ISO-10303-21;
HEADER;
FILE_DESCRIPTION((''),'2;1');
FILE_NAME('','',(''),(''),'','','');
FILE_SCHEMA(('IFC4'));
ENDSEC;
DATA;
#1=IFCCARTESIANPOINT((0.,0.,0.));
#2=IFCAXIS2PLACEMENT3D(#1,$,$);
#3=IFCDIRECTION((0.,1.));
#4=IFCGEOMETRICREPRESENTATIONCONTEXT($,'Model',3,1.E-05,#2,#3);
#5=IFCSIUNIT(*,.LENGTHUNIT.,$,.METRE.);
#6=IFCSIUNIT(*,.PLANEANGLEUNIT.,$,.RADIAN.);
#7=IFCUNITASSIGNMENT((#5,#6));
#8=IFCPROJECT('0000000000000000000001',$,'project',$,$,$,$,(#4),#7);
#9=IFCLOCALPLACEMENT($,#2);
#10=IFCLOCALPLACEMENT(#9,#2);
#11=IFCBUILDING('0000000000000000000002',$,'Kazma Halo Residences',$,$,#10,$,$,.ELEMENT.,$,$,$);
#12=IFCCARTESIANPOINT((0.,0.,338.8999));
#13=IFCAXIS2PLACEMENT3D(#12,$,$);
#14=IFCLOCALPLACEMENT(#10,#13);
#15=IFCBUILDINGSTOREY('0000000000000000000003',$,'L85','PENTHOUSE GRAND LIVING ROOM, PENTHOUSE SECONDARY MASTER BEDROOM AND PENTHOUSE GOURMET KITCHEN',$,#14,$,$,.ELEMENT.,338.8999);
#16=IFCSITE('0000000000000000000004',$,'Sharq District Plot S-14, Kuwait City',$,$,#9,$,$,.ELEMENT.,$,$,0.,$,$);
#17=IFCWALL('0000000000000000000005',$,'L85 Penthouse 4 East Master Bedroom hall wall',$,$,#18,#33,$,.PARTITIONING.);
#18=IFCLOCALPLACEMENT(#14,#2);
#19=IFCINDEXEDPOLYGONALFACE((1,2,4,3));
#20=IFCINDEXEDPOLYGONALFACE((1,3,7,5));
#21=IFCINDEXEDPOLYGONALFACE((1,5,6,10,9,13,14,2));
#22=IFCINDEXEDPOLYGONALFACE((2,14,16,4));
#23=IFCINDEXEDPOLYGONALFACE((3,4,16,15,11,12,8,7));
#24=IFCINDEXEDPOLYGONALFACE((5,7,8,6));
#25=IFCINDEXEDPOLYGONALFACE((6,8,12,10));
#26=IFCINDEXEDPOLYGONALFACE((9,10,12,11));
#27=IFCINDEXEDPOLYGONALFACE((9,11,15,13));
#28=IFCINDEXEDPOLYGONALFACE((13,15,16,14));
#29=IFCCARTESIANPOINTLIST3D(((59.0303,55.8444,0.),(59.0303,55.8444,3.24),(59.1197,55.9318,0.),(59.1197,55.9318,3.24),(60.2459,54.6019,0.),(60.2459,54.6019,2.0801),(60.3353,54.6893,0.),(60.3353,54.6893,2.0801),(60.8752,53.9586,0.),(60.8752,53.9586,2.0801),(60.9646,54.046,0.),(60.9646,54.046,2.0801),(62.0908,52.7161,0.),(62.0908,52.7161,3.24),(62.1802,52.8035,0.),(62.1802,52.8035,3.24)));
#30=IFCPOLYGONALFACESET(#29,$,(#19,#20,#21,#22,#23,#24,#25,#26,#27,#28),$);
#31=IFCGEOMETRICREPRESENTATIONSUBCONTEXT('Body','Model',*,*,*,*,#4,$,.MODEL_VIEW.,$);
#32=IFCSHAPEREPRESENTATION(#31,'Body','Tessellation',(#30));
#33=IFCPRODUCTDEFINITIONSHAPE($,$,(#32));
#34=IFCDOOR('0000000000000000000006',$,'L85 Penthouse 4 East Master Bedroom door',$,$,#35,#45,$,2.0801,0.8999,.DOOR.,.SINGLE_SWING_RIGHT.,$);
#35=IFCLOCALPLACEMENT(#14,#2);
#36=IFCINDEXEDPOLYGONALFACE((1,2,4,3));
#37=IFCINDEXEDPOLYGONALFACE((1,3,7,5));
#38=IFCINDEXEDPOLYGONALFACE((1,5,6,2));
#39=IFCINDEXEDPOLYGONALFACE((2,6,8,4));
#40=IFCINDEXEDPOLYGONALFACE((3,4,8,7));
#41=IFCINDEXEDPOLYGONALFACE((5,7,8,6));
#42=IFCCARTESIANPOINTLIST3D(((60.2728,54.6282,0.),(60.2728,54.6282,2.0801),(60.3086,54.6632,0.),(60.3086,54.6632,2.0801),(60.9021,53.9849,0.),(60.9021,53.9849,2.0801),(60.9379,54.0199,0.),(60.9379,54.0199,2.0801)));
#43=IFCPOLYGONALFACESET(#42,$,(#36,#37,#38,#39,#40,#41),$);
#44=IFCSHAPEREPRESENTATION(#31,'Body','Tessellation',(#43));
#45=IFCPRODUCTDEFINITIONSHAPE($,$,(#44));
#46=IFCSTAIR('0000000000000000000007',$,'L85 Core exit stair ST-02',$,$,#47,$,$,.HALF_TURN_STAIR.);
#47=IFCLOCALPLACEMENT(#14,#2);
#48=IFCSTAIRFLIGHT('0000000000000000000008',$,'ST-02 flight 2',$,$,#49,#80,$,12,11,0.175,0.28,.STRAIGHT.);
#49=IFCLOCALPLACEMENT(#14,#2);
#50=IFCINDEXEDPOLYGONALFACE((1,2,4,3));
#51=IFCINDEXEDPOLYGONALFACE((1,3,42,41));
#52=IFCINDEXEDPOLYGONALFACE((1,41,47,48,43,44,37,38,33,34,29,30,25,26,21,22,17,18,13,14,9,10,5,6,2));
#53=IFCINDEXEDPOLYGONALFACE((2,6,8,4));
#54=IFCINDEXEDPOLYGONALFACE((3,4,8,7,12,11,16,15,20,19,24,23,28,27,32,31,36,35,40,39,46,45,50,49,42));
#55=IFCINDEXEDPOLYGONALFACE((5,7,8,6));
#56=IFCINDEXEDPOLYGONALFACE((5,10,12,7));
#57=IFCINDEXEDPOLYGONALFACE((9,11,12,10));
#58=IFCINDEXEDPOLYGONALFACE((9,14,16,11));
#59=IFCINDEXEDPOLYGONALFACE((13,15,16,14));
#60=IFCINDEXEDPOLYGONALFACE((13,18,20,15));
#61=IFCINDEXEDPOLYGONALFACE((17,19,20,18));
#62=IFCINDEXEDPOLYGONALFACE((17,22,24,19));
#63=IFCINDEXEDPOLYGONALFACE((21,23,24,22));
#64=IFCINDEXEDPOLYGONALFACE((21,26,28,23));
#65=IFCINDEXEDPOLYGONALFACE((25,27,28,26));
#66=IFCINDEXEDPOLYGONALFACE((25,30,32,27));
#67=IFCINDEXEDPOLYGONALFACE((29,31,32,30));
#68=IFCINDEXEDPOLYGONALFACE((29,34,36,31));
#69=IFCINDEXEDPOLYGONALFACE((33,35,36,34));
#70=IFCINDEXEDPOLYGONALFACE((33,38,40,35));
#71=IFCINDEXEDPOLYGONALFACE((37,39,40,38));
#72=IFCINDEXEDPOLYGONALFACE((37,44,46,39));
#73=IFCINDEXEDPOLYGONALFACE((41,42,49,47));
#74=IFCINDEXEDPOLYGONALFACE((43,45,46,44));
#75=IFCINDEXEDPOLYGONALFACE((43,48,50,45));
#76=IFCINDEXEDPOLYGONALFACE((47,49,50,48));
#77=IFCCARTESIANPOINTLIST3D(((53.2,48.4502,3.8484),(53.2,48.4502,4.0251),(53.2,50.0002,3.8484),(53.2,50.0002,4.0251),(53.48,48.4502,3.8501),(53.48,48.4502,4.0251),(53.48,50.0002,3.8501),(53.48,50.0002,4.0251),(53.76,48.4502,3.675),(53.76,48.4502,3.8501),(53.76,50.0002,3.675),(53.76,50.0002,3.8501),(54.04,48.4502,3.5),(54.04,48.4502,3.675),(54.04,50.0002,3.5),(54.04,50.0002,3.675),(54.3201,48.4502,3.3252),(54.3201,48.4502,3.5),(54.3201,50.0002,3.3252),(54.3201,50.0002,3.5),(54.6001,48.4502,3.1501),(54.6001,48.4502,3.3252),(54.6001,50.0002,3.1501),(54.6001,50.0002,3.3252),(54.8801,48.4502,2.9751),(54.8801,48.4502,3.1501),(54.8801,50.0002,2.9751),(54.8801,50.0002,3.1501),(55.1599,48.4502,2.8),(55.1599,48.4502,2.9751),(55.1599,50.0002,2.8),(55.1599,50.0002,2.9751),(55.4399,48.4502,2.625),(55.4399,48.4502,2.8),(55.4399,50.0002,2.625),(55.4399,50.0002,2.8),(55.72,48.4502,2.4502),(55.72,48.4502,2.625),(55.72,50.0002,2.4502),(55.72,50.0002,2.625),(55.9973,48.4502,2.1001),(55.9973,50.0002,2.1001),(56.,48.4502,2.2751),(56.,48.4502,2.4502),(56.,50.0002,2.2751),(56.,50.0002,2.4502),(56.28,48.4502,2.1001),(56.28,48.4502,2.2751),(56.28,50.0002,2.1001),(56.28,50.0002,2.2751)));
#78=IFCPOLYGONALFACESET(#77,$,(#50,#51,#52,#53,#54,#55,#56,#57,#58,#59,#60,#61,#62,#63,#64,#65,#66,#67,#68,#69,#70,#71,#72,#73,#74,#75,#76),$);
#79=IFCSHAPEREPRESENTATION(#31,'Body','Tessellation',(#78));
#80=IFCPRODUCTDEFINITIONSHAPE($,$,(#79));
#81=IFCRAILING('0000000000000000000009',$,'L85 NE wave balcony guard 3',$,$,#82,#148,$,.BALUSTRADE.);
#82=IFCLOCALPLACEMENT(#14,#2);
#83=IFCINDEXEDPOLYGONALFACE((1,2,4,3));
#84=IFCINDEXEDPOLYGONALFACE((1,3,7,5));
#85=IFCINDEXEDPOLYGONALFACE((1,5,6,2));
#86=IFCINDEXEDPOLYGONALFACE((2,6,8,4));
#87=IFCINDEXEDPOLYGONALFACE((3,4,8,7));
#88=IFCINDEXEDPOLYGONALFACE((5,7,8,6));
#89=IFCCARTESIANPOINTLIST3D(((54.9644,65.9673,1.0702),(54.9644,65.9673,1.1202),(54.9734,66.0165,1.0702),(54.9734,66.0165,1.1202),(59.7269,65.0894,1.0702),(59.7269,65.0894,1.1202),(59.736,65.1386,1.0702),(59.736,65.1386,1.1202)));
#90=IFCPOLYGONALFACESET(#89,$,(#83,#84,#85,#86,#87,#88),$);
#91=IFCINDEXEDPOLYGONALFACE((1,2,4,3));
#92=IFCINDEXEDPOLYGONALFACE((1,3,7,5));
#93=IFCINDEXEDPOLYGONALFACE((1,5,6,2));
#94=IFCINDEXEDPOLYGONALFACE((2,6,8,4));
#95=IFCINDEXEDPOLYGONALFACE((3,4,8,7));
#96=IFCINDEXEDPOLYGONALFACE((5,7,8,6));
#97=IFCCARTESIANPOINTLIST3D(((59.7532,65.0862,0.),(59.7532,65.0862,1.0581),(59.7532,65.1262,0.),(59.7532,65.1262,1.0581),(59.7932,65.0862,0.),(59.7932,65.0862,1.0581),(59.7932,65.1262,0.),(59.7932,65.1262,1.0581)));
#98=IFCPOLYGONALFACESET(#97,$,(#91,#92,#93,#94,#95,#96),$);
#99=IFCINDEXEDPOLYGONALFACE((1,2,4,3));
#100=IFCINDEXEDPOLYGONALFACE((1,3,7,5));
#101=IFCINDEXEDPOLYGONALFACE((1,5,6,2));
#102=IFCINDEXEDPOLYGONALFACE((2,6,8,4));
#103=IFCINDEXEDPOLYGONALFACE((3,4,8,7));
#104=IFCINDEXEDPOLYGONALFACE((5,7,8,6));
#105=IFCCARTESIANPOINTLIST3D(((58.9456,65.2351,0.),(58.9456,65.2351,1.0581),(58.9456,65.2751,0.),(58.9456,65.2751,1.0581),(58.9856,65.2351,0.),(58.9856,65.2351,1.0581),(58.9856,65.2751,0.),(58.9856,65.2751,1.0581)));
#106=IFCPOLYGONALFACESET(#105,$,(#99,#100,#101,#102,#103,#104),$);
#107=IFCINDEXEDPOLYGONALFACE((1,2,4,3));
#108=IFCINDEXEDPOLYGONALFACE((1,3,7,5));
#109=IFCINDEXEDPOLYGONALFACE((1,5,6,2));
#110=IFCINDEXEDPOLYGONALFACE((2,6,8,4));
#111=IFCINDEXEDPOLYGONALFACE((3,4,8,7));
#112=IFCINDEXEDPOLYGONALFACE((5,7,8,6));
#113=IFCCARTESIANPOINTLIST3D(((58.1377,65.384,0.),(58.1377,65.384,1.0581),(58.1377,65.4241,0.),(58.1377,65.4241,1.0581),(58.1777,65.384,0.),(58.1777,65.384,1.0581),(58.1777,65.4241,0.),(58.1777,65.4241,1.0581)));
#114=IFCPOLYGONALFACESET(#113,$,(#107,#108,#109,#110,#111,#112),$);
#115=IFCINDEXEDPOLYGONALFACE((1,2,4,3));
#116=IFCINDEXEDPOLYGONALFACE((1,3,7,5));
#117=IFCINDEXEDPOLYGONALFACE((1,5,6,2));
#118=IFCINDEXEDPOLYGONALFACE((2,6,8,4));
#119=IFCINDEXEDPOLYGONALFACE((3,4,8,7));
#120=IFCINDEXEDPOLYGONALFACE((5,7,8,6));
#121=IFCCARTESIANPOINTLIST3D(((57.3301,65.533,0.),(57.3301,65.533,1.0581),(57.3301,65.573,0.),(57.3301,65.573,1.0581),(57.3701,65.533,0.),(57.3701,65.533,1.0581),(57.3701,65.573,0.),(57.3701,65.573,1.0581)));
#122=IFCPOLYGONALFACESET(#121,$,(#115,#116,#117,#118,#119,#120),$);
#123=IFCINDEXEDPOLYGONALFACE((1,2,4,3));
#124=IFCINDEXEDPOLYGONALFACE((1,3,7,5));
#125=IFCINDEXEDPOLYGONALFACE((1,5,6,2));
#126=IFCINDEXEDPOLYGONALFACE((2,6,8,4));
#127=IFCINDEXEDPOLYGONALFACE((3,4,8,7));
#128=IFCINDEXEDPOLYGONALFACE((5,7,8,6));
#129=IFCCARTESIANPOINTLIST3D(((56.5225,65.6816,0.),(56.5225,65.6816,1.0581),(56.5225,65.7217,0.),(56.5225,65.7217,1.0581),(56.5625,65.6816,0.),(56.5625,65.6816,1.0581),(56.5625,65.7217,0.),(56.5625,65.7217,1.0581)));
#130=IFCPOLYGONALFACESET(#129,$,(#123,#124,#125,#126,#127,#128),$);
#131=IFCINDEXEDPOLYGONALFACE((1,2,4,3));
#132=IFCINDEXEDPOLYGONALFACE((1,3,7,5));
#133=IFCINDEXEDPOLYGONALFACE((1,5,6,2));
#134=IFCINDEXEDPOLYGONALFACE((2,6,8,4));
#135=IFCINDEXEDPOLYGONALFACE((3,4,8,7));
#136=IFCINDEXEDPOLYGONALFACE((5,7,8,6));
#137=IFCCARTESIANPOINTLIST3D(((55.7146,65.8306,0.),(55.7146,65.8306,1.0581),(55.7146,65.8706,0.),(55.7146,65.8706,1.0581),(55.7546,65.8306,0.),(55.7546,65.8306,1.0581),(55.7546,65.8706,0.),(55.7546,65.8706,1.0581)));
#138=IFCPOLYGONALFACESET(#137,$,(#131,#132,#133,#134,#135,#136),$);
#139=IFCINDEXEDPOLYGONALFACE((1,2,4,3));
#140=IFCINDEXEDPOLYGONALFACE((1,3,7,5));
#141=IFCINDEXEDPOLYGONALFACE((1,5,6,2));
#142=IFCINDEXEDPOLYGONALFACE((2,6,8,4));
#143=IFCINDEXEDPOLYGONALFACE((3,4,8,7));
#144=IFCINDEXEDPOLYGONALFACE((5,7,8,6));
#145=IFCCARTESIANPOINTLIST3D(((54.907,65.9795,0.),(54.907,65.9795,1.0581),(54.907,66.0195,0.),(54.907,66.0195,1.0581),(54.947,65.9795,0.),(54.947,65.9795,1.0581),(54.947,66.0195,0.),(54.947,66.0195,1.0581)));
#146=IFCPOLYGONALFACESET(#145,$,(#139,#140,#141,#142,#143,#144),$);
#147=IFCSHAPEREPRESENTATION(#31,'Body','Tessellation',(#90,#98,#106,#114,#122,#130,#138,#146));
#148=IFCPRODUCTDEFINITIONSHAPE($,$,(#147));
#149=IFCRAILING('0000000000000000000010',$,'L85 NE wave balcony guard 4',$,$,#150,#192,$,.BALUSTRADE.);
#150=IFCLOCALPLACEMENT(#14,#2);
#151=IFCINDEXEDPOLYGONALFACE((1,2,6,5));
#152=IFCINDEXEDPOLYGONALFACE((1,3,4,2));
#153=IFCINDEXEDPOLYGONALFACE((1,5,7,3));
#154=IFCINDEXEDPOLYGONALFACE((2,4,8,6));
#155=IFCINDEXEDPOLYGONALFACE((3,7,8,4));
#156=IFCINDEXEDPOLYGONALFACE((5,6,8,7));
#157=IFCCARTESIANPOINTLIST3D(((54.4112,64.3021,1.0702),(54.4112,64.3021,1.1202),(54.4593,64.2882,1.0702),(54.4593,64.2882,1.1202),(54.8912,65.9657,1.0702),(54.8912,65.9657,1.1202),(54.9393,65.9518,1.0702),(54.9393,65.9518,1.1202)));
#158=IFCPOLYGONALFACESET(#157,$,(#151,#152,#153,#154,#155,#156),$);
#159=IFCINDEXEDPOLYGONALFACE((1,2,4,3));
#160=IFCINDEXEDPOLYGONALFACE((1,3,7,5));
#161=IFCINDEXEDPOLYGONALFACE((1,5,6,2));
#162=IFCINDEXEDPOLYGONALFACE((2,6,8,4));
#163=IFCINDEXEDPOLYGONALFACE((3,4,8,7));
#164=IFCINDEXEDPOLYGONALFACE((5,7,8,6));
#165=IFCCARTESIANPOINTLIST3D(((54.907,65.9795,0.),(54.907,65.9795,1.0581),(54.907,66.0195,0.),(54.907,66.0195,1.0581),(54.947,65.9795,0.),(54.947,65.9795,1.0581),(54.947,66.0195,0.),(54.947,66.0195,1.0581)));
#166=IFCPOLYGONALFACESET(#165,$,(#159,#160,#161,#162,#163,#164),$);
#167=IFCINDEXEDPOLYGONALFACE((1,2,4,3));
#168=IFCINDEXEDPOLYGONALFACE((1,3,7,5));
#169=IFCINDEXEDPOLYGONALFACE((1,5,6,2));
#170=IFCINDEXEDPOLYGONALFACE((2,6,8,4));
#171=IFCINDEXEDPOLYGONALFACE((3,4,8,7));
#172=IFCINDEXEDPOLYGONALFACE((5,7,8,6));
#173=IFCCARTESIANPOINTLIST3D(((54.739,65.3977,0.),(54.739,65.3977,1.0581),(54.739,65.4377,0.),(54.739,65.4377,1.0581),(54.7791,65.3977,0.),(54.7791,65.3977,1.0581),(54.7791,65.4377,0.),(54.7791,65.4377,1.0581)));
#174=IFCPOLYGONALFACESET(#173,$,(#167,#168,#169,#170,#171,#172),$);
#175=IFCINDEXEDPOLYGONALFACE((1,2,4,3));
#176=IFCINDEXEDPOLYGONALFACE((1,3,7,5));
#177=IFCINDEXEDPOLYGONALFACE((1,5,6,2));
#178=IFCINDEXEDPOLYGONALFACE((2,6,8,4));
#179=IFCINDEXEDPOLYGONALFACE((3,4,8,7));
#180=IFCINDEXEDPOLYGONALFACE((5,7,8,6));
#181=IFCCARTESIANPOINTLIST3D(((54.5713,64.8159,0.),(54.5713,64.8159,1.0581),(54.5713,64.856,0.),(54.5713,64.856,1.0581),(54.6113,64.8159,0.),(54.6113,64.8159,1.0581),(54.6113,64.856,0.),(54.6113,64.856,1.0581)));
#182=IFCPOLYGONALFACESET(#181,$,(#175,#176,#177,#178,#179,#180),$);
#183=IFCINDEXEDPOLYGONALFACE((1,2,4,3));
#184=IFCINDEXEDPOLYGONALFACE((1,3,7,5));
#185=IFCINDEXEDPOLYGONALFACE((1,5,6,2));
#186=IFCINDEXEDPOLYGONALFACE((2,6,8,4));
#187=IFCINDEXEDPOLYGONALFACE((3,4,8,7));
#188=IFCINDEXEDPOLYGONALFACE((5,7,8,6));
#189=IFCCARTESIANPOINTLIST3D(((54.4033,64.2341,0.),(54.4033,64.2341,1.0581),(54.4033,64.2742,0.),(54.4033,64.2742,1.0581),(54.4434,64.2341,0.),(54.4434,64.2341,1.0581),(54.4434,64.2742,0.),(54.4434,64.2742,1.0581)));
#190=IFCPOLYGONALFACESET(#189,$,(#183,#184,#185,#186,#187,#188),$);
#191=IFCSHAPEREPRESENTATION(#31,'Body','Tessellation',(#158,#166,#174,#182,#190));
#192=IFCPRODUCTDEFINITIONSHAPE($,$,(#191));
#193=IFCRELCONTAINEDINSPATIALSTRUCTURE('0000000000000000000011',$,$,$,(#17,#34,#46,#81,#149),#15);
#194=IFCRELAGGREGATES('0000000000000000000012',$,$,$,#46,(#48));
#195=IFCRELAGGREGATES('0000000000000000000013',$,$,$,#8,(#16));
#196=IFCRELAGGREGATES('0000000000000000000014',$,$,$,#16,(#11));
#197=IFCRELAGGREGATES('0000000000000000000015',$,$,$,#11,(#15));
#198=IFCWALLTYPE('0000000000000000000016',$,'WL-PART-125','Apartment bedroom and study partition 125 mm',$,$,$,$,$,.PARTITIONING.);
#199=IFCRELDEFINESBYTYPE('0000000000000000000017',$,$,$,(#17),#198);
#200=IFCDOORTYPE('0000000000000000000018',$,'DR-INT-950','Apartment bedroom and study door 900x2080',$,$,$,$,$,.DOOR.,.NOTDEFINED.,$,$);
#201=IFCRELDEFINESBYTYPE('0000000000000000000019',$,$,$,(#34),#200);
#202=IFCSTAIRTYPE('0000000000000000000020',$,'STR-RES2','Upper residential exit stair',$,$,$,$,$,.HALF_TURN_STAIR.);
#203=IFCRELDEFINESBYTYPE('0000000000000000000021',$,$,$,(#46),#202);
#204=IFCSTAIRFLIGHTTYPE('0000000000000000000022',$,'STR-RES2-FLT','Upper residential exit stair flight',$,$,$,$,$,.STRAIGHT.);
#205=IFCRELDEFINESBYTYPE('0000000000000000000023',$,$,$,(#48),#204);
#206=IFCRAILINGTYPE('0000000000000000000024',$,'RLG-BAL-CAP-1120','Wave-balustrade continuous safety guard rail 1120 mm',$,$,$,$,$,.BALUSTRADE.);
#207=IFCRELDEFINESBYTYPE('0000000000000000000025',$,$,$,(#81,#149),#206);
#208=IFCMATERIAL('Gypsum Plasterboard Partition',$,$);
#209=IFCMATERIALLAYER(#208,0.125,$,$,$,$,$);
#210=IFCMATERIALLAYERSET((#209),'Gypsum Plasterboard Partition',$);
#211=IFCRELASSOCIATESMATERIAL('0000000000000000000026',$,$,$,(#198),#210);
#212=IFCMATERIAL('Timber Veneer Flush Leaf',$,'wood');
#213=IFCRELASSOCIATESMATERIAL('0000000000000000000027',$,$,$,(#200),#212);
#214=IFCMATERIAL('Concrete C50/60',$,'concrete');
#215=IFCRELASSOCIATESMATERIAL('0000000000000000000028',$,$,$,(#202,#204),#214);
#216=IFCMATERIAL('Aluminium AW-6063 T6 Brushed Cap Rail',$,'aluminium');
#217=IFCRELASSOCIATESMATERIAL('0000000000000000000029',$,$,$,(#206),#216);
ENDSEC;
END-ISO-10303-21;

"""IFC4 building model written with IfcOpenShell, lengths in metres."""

from ifc_helpers import new_model, si_unit, direction, frame, frame_2d, origin, origin_2d, place, context, subcontext, project, spatial, polyline, rectangle, outline, extrude, material, layer, layer_set, type_object, element, fill, aggregate, save


model = new_model("IFC4")

# Units and contexts
model_context = context("Model", 3, precision=1e-05, world=origin(), true_north=direction((0.0, 1.0)))
body_context = subcontext(model_context, "Body", "Model", "MODEL_VIEW")
ifc_project = project(units=[si_unit("LENGTHUNIT", "METRE"), si_unit("PLANEANGLEUNIT", "RADIAN")], contexts=[model_context])

# Site, building, storey
site_placement = place(None, origin())
site = spatial("IfcSite", under=ifc_project, at=site_placement, Name="Sharq District Plot S-14, Kuwait City", CompositionType="ELEMENT", RefElevation=0.0)
building_placement = place(site_placement, origin())
building = spatial("IfcBuilding", under=site, at=building_placement, Name="Kazma Halo Residences", CompositionType="ELEMENT")
storey_placement = place(building_placement, frame((0.0, 0.0, 338.8999)))
storey = spatial("IfcBuildingStorey", under=building, at=storey_placement, Name="L85", Description="PENTHOUSE GRAND LIVING ROOM, PENTHOUSE SECONDARY MASTER BEDROOM AND PENTHOUSE GOURMET KITCHEN", CompositionType="ELEMENT", Elevation=338.8999)

# Shared definitions
ifc_material_1 = material(Name="Gypsum Plasterboard Partition")
ifc_layer_1 = layer(ifc_material_1, 0.125)
ifc_layer_set_1 = layer_set([ifc_layer_1], Name="Gypsum Plasterboard Partition")
wall_type_1 = type_object("IfcWallType", Name="WL-PART-125", Description="Apartment bedroom and study partition 125 mm", PredefinedType="PARTITIONING", material=ifc_layer_set_1)

# Wall, opening, door
wall_1_placement = place(storey_placement, frame((62.1355, 52.7598, 0.0), z_axis=(0.0, 0.0, 1.0), x_axis=(-0.69931, 0.714818, 0.0)))
wall_1 = element("IfcWall", 1, at=wall_1_placement, inside=storey, type_object=wall_type_1, Name="L85 Penthouse 4 East Master Bedroom hall wall", PredefinedType="PARTITIONING", context=body_context, shape_type="SweptSolid", body=[
    extrude(rectangle(XDim=4.3765, YDim=0.125, at=frame_2d((2.1882, 0.0))), origin(), (0.0, 0.0, 1.0), 3.24),
])
opening_1_placement = place(wall_1_placement, frame((1.7383, 0.0, 0.0)))
opening_1 = element("IfcOpeningElement", 2, at=opening_1_placement, cuts=wall_1, PredefinedType="OPENING", context=body_context, shape_type="SweptSolid", body=[
    extrude(rectangle(XDim=0.8999, YDim=2.0801, at=frame_2d((0.45, 1.04))), frame((0.0, 0.0725, 0.0), z_axis=(0.0, -1.0, 0.0), x_axis=(1.0, 0.0, 0.0)), (0.0, 0.0, 1.0), 0.145),
])
ifc_material_2 = material(Name="Timber Veneer Flush Leaf", Category="wood")
door_type_1 = type_object("IfcDoorType", Name="DR-INT-950", Description="Apartment bedroom and study door 900x2080", OperationType="NOTDEFINED", PredefinedType="DOOR", material=ifc_material_2)
door_1_placement = place(opening_1_placement, origin())
door_1 = element("IfcDoor", 3, at=door_1_placement, inside=storey, type_object=door_type_1, Name="L85 Penthouse 4 East Master Bedroom door", OperationType="SINGLE_SWING_RIGHT", OverallHeight=2.0801, OverallWidth=0.8999, PredefinedType="DOOR", context=body_context, shape_type="SweptSolid", body=[
    extrude(rectangle(XDim=0.8999, YDim=2.0801, at=frame_2d((0.45, 1.04))), frame((0.0, 0.0249, 0.0), z_axis=(0.0, -1.0, 0.0), x_axis=(1.0, 0.0, 0.0)), (0.0, 0.0, 1.0), 0.05),
])
fill(opening_1, door_1)

# Stair, stair flight
ifc_material_3 = material(Name="Concrete C50/60", Category="concrete")
stair_type = type_object("IfcStairType", Name="STR-RES2", Description="Upper residential exit stair", PredefinedType="HALF_TURN_STAIR", material=ifc_material_3)
stair_placement = place(storey_placement, origin())
stair = element("IfcStair", 4, at=stair_placement, inside=storey, type_object=stair_type, Name="L85 Core exit stair ST-02", PredefinedType="HALF_TURN_STAIR")
stair_flight_type = type_object("IfcStairFlightType", Name="STR-RES2-FLT", Description="Upper residential exit stair flight", PredefinedType="STRAIGHT", material=ifc_material_3)
stair_flight_placement = place(storey_placement, frame((56.28, 49.2251, 2.1001), z_axis=(0.0, 0.0, 1.0), x_axis=(-1.0, 0.0, 0.0)))
stair_flight = element("IfcStairFlight", 5, at=stair_flight_placement, type_object=stair_flight_type, Name="ST-02 flight 2", NumberOfRisers=12, NumberOfTreads=11, PredefinedType="STRAIGHT", RiserHeight=0.175, TreadLength=0.28, context=body_context, shape_type="SweptSolid", body=[
    extrude(outline(polyline([(0.0, 0.0), (0.0, 0.175), (0.28, 0.175), (0.28, 0.3501), (0.5601, 0.3501), (0.5601, 0.5249), (0.8401, 0.5249), (0.8401, 0.7), (1.1201, 0.7), (1.1201, 0.875), (1.3999, 0.875), (1.3999, 1.05), (1.6799, 1.05), (1.6799, 1.2251), (1.96, 1.2251), (1.96, 1.3999), (2.24, 1.3999), (2.24, 1.575), (2.52, 1.575), (2.52, 1.75), (2.8, 1.75), (2.8, 1.925), (3.0801, 1.925), (3.0801, 2.1001), (3.0801, 1.7483), (0.2827, 0.0), (0.0, 0.0)])), frame((0.0, 0.7749, 0.0), z_axis=(0.0, -1.0, 0.0), x_axis=(1.0, 0.0, 0.0)), (0.0, 0.0, 1.0), 1.55),
])
aggregate(stair, [stair_flight])

# Railings
ifc_material_4 = material(Name="Aluminium AW-6063 T6 Brushed Cap Rail", Category="aluminium")
railing_type_1 = type_object("IfcRailingType", Name="RLG-BAL-CAP-1120", Description="Wave-balustrade continuous safety guard rail 1120 mm", PredefinedType="BALUSTRADE", material=ifc_material_4)
railing_1_placement = place(storey_placement, frame((59.7732, 65.1062, 0.0)))
element("IfcRailing", 6, at=railing_1_placement, inside=storey, type_object=railing_type_1, Name="L85 NE wave balcony guard 3", PredefinedType="BALUSTRADE", context=body_context, shape_type="SweptSolid", body=[
    extrude(rectangle(XDim=0.05, YDim=0.05, at=origin_2d()), frame((-0.0417, 0.0078, 1.0952), z_axis=(-0.983432, 0.181278, 0.0), x_axis=(-0.181278, -0.983432, 0.0)), (0.0, 0.0, 1.0), 4.8428),
    extrude(rectangle(XDim=0.04, YDim=0.04, at=origin_2d()), origin(), (0.0, 0.0, 1.0), 1.0581),
    extrude(rectangle(XDim=0.04, YDim=0.04, at=origin_2d()), frame((-0.8076, 0.1489, 0.0)), (0.0, 0.0, 1.0), 1.0581),
    extrude(rectangle(XDim=0.04, YDim=0.04, at=origin_2d()), frame((-1.6155, 0.2979, 0.0)), (0.0, 0.0, 1.0), 1.0581),
    extrude(rectangle(XDim=0.04, YDim=0.04, at=origin_2d()), frame((-2.4231, 0.4468, 0.0)), (0.0, 0.0, 1.0), 1.0581),
    extrude(rectangle(XDim=0.04, YDim=0.04, at=origin_2d()), frame((-3.2307, 0.5955, 0.0)), (0.0, 0.0, 1.0), 1.0581),
    extrude(rectangle(XDim=0.04, YDim=0.04, at=origin_2d()), frame((-4.0386, 0.7444, 0.0)), (0.0, 0.0, 1.0), 1.0581),
    extrude(rectangle(XDim=0.04, YDim=0.04, at=origin_2d()), frame((-4.8462, 0.8933, 0.0)), (0.0, 0.0, 1.0), 1.0581),
])
railing_2_placement = place(storey_placement, frame((54.927, 65.9995, 0.0)))
element("IfcRailing", 7, at=railing_2_placement, inside=storey, type_object=railing_type_1, Name="L85 NE wave balcony guard 4", PredefinedType="BALUSTRADE", context=body_context, shape_type="SweptSolid", body=[
    extrude(rectangle(XDim=0.05, YDim=0.05, at=origin_2d()), frame((-0.0117, -0.0408, 1.0952), z_axis=(-0.277258, -0.960795, 0.0), x_axis=(0.960795, -0.277258, 0.0)), (0.0, 0.0, 1.0), 1.7314),
    extrude(rectangle(XDim=0.04, YDim=0.04, at=origin_2d()), origin(), (0.0, 0.0, 1.0), 1.0581),
    extrude(rectangle(XDim=0.04, YDim=0.04, at=origin_2d()), frame((-0.168, -0.5818, 0.0)), (0.0, 0.0, 1.0), 1.0581),
    extrude(rectangle(XDim=0.04, YDim=0.04, at=origin_2d()), frame((-0.3357, -1.1636, 0.0)), (0.0, 0.0, 1.0), 1.0581),
    extrude(rectangle(XDim=0.04, YDim=0.04, at=origin_2d()), frame((-0.5037, -1.7454, 0.0)), (0.0, 0.0, 1.0), 1.0581),
])

save(model, "model.ifc")
